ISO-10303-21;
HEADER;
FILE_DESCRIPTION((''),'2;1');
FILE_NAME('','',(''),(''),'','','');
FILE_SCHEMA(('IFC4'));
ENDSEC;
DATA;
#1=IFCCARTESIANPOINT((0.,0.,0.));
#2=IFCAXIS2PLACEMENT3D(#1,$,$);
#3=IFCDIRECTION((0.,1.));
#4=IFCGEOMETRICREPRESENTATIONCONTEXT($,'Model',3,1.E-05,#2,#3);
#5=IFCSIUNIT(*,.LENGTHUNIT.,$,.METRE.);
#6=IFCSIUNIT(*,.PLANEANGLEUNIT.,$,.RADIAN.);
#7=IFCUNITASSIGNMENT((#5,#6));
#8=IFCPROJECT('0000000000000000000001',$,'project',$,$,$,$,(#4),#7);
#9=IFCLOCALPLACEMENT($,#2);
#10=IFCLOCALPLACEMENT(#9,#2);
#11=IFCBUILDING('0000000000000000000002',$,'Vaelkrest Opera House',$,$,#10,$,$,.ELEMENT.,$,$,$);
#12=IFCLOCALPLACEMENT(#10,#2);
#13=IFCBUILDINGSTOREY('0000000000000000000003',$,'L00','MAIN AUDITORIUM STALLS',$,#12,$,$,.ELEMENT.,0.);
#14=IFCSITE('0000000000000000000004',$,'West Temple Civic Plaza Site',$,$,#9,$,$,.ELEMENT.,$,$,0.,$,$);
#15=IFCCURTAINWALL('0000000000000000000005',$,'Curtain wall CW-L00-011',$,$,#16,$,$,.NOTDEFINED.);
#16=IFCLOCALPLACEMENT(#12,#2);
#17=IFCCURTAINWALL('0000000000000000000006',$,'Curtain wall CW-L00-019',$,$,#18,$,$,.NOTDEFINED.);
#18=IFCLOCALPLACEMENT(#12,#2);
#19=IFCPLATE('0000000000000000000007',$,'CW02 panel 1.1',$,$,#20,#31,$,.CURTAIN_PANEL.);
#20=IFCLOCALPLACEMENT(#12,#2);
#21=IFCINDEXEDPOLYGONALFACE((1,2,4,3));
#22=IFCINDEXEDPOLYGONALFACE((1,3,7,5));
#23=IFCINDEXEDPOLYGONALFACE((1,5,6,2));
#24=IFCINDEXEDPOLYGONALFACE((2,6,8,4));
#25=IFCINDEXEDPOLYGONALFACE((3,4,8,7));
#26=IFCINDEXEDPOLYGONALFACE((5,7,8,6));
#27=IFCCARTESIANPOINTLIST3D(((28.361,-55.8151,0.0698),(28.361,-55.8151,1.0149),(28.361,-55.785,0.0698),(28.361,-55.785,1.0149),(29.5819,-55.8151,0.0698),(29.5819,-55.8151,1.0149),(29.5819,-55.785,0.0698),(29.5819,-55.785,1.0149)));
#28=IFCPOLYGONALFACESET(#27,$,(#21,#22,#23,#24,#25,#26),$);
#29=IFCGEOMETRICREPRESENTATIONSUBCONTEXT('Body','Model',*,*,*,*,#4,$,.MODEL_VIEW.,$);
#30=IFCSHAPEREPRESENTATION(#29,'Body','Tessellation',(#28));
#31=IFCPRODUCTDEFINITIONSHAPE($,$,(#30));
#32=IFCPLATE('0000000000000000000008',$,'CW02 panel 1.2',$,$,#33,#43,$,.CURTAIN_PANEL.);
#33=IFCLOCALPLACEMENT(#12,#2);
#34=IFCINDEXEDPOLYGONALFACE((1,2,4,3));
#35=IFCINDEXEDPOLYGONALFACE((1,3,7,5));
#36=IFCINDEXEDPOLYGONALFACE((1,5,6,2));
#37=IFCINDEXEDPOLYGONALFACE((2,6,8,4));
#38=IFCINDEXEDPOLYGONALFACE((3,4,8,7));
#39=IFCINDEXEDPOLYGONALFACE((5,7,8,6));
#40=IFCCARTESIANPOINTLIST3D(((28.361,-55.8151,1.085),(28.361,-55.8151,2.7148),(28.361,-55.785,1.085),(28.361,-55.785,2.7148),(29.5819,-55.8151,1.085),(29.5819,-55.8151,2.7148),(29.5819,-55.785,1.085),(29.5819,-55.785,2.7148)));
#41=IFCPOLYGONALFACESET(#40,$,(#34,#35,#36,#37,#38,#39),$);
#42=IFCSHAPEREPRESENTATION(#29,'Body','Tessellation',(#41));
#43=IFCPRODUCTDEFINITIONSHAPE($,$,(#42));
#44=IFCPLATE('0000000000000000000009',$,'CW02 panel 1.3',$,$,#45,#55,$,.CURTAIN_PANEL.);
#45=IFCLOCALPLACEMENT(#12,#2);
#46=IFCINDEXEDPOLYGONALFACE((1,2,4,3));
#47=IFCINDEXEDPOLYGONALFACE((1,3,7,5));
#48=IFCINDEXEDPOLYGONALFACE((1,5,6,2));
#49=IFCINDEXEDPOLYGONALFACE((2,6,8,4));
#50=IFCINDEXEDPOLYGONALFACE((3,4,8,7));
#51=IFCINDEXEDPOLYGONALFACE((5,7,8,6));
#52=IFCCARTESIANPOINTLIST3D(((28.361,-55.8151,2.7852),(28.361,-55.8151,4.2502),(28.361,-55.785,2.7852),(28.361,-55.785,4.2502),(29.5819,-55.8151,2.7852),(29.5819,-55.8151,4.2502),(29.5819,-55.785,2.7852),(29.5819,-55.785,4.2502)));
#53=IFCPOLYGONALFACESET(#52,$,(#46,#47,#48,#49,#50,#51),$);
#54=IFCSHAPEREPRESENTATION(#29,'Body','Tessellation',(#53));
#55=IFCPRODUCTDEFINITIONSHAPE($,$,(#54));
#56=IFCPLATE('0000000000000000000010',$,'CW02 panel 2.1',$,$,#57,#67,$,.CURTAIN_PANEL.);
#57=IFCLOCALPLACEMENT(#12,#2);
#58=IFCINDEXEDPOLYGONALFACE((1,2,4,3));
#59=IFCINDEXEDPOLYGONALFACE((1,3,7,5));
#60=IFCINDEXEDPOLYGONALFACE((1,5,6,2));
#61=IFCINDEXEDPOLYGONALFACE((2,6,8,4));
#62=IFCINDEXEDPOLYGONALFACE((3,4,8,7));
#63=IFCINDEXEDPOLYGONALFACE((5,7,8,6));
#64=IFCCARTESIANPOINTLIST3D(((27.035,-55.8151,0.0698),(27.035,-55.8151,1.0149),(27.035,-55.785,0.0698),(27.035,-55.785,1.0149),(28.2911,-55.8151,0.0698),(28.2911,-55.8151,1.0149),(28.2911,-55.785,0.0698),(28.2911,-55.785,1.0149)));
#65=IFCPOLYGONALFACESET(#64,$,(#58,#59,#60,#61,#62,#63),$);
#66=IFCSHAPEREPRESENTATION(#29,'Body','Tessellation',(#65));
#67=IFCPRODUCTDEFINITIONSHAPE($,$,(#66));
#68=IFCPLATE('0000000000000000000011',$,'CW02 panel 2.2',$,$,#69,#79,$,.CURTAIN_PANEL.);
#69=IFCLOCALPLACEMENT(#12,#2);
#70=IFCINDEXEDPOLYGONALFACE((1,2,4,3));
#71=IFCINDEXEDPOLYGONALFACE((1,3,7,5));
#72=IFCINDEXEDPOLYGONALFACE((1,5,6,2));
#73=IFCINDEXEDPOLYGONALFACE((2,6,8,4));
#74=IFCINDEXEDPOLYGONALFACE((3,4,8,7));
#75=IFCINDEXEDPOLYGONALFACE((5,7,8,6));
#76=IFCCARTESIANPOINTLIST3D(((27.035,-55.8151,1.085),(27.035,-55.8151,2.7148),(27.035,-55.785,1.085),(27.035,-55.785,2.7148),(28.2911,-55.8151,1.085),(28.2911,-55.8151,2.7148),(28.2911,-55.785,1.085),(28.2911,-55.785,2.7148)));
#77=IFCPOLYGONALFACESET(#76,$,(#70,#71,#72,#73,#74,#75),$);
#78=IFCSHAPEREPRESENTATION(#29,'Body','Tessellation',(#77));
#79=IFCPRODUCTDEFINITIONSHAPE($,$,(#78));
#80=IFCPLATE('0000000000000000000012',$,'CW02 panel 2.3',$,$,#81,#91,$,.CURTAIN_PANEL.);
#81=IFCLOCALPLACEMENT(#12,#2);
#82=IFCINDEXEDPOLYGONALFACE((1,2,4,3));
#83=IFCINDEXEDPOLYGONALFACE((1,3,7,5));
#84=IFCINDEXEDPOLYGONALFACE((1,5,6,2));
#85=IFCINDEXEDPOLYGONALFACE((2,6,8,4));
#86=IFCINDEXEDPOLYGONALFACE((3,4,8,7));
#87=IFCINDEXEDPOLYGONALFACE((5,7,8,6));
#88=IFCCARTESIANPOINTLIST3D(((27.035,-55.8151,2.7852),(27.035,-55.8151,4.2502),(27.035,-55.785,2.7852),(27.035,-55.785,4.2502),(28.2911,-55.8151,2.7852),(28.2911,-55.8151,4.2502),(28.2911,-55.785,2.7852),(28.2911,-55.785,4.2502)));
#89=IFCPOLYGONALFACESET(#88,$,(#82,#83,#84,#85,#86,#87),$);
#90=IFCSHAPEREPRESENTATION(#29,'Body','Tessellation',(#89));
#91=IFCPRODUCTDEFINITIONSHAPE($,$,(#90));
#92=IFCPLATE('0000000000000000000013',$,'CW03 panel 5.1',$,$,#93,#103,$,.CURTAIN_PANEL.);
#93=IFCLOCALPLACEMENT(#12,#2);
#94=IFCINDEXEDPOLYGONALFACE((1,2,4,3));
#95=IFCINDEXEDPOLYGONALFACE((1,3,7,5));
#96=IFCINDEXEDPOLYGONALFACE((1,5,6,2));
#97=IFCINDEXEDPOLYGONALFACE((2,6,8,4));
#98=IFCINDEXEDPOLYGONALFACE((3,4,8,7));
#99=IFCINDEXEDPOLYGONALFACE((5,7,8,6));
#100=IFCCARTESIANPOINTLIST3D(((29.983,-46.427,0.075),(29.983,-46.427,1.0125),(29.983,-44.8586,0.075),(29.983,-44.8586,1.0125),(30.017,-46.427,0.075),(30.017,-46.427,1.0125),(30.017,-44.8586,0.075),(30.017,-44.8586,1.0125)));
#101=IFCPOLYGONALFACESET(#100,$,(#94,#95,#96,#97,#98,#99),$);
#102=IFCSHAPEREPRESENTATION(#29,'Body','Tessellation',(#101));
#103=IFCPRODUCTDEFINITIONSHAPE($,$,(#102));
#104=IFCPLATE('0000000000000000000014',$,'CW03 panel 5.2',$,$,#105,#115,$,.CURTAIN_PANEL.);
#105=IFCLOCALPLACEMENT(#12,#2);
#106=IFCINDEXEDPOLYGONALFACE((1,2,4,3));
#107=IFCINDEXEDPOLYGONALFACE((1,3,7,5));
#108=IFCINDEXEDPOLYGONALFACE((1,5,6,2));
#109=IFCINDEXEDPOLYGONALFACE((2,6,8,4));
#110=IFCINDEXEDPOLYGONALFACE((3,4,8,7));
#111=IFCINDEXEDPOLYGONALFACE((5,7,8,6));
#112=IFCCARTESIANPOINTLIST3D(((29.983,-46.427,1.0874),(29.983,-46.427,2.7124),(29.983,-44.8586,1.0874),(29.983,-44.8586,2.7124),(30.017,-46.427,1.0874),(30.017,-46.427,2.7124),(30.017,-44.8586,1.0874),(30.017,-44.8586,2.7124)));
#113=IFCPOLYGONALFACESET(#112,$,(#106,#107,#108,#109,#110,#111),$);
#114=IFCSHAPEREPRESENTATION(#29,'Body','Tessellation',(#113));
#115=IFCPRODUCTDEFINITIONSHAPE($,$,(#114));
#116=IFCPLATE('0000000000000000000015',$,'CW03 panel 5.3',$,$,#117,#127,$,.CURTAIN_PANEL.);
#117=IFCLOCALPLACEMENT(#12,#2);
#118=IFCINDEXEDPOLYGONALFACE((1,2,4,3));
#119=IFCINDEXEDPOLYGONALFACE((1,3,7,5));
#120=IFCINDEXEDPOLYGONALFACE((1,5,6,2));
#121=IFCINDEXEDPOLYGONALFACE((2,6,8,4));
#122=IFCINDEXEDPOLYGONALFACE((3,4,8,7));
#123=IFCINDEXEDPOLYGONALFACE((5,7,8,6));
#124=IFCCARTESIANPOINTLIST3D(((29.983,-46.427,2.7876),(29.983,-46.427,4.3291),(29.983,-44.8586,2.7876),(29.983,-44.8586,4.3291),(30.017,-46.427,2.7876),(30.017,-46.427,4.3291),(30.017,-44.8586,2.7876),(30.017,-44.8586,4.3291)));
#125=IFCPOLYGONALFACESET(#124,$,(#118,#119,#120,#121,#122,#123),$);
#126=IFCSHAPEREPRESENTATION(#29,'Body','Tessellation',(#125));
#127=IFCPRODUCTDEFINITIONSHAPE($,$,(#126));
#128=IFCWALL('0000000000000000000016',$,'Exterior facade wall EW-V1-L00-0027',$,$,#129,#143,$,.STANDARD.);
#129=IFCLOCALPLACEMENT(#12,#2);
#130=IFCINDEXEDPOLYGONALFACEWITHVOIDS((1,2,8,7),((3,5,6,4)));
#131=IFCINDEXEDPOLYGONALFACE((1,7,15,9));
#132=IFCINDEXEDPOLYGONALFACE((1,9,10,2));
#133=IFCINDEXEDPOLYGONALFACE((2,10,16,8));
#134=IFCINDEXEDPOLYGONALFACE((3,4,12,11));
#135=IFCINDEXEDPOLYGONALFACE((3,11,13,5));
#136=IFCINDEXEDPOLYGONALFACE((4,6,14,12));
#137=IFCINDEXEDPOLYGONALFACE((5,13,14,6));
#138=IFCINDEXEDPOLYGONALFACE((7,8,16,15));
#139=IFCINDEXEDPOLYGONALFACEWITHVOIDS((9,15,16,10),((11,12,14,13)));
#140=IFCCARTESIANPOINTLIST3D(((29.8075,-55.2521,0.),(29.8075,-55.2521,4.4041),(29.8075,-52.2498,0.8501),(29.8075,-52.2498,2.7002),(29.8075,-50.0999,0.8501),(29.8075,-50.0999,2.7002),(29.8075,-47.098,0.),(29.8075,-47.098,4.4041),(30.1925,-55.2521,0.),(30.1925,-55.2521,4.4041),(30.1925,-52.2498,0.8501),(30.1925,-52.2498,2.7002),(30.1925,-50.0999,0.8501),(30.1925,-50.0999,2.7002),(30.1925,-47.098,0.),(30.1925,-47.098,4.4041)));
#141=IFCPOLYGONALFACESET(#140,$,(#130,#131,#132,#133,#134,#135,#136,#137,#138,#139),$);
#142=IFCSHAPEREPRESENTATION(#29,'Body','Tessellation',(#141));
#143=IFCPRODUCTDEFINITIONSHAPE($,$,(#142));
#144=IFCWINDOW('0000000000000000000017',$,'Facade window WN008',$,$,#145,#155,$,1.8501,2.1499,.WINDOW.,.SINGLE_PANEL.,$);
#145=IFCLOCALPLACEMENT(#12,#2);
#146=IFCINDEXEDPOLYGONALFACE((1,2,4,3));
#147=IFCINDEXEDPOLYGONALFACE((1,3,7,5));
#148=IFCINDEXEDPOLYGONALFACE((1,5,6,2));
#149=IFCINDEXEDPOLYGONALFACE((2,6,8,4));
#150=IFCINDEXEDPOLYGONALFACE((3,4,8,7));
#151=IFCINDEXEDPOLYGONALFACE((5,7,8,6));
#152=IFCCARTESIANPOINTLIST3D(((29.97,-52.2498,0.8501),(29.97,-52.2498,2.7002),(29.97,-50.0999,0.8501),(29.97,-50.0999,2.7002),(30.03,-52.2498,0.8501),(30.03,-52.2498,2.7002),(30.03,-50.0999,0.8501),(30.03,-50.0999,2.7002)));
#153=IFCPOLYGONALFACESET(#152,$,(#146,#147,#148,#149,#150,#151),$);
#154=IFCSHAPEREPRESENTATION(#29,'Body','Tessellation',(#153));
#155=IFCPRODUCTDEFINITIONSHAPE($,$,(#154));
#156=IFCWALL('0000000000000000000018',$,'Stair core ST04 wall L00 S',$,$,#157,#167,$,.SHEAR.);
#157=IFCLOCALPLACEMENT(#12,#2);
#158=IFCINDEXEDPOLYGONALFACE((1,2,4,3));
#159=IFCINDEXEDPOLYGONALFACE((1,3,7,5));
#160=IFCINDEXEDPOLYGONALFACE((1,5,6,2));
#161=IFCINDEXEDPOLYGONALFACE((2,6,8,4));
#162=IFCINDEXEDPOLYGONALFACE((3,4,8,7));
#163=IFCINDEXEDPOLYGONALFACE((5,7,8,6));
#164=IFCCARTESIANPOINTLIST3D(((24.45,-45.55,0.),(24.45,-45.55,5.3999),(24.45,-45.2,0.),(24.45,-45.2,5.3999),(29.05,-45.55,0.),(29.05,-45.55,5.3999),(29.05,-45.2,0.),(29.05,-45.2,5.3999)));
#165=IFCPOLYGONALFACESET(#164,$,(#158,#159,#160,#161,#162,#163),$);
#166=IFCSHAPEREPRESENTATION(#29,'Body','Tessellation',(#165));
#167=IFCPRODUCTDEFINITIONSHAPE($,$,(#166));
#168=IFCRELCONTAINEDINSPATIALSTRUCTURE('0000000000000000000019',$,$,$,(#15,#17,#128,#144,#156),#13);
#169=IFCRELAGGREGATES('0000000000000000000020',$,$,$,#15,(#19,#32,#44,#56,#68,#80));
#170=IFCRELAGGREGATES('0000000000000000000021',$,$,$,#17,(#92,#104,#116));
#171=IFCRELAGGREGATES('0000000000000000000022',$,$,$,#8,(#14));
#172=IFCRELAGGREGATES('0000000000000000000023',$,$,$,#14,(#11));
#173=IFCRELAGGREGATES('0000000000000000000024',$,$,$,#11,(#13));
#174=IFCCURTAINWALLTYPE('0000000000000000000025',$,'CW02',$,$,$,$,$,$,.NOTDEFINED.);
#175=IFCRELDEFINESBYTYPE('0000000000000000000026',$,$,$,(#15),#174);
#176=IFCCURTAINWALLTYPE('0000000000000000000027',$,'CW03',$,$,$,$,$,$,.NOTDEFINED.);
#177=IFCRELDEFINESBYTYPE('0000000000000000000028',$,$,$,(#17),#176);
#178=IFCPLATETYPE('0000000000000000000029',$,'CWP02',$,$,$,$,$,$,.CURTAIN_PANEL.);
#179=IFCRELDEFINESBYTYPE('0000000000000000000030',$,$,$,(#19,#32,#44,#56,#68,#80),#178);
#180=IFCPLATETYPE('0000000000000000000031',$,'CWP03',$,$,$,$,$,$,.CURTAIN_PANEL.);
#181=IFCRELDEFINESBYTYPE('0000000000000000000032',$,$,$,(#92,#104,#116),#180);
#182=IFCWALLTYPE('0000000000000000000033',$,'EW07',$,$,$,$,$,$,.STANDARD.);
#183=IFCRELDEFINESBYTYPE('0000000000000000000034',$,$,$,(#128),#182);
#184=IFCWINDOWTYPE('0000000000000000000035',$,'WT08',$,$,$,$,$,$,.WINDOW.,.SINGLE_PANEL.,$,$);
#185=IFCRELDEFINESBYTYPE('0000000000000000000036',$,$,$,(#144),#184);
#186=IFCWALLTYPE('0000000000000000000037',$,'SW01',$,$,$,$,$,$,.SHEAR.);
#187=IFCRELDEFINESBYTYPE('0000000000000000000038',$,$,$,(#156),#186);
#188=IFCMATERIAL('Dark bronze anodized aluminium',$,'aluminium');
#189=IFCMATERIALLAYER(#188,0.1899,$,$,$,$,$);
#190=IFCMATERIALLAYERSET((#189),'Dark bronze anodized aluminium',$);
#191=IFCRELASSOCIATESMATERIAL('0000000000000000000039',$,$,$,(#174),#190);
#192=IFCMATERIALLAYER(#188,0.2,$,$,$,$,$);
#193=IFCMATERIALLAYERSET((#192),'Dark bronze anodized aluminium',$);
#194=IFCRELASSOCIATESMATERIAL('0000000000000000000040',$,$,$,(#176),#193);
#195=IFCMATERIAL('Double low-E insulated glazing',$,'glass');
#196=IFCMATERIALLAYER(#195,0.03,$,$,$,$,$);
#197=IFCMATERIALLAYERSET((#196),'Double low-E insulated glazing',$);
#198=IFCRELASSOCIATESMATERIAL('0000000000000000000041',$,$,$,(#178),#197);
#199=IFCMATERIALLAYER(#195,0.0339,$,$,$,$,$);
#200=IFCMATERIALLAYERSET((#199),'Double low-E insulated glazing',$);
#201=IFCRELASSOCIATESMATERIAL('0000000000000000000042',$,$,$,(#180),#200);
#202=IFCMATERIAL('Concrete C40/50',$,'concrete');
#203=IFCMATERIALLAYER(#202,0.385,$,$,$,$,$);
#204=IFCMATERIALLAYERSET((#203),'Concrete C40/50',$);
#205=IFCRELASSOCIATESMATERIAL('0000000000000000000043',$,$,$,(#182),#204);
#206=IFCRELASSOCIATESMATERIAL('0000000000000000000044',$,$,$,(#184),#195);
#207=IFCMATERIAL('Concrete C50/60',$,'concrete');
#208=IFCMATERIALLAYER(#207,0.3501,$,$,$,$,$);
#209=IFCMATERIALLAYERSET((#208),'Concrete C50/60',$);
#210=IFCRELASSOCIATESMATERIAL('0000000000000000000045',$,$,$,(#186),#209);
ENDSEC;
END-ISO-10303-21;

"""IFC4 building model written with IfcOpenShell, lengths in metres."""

from ifc_helpers import new_model, si_unit, direction, frame, frame_2d, origin, origin_2d, place, context, subcontext, project, spatial, rectangle, extrude, material, layer, layer_set, type_object, element, fill, aggregate, save


model = new_model("IFC4")

# Units and contexts
model_context = context("Model", 3, precision=1e-05, world=origin(), true_north=direction((0.0, 1.0)))
body_context = subcontext(model_context, "Body", "Model", "MODEL_VIEW")
ifc_project = project(units=[si_unit("LENGTHUNIT", "METRE"), si_unit("PLANEANGLEUNIT", "RADIAN")], contexts=[model_context])

# Site, building, storey
site_placement = place(None, origin())
site = spatial("IfcSite", under=ifc_project, at=site_placement, Name="West Temple Civic Plaza Site", CompositionType="ELEMENT", RefElevation=0.0)
building_placement = place(site_placement, origin())
building = spatial("IfcBuilding", under=site, at=building_placement, Name="Vaelkrest Opera House", CompositionType="ELEMENT")
storey_placement = place(building_placement, origin())
storey = spatial("IfcBuildingStorey", under=building, at=storey_placement, Name="L00", Description="MAIN AUDITORIUM STALLS", CompositionType="ELEMENT", Elevation=0.0)

# Shared definitions
ifc_material_1 = material(Name="Concrete C50/60", Category="concrete")

# Curtain wall
ifc_material_2 = material(Name="Dark bronze anodized aluminium", Category="aluminium")
ifc_layer_1 = layer(ifc_material_2, 0.1899)
ifc_layer_set_1 = layer_set([ifc_layer_1], Name="Dark bronze anodized aluminium")
curtain_wall_type_1 = type_object("IfcCurtainWallType", Name="CW02", PredefinedType="NOTDEFINED", material=ifc_layer_set_1)
curtain_wall_1_placement = place(storey_placement, origin())
curtain_wall_1 = element("IfcCurtainWall", 1, at=curtain_wall_1_placement, inside=storey, type_object=curtain_wall_type_1, Name="Curtain wall CW-L00-011", PredefinedType="NOTDEFINED")

# Curtain wall
ifc_layer_2 = layer(ifc_material_2, 0.2)
ifc_layer_set_2 = layer_set([ifc_layer_2], Name="Dark bronze anodized aluminium")
curtain_wall_type_2 = type_object("IfcCurtainWallType", Name="CW03", PredefinedType="NOTDEFINED", material=ifc_layer_set_2)
curtain_wall_2_placement = place(storey_placement, origin())
curtain_wall_2 = element("IfcCurtainWall", 2, at=curtain_wall_2_placement, inside=storey, type_object=curtain_wall_type_2, Name="Curtain wall CW-L00-019", PredefinedType="NOTDEFINED")

# Plates
ifc_material_3 = material(Name="Double low-E insulated glazing", Category="glass")
ifc_layer_3 = layer(ifc_material_3, 0.03)
ifc_layer_set_3 = layer_set([ifc_layer_3], Name="Double low-E insulated glazing")
plate_type_1 = type_object("IfcPlateType", Name="CWP02", PredefinedType="CURTAIN_PANEL", material=ifc_layer_set_3)
plate_1_placement = place(storey_placement, frame((28.9714, -55.8, 0.0698), z_axis=(0.0, 0.0, 1.0), x_axis=(-1.0, 0.0, 0.0)))
plate_1 = element("IfcPlate", 3, at=plate_1_placement, type_object=plate_type_1, Name="CW02 panel 1.1", PredefinedType="CURTAIN_PANEL", context=body_context, shape_type="SweptSolid", body=[
    extrude(rectangle(XDim=1.2209, YDim=0.03, at=origin_2d()), origin(), (0.0, 0.0, 1.0), 0.9451),
])
plate_2_placement = place(storey_placement, frame((28.9714, -55.8, 1.085), z_axis=(0.0, 0.0, 1.0), x_axis=(-1.0, 0.0, 0.0)))
plate_2 = element("IfcPlate", 4, at=plate_2_placement, type_object=plate_type_1, Name="CW02 panel 1.2", PredefinedType="CURTAIN_PANEL", context=body_context, shape_type="SweptSolid", body=[
    extrude(rectangle(XDim=1.2209, YDim=0.03, at=origin_2d()), origin(), (0.0, 0.0, 1.0), 1.6299),
])
plate_3_placement = place(storey_placement, frame((28.9714, -55.8, 2.7852), z_axis=(0.0, 0.0, 1.0), x_axis=(-1.0, 0.0, 0.0)))
plate_3 = element("IfcPlate", 5, at=plate_3_placement, type_object=plate_type_1, Name="CW02 panel 1.3", PredefinedType="CURTAIN_PANEL", context=body_context, shape_type="SweptSolid", body=[
    extrude(rectangle(XDim=1.2209, YDim=0.03, at=origin_2d()), origin(), (0.0, 0.0, 1.0), 1.4651),
])
plate_4_placement = place(storey_placement, frame((27.6631, -55.8, 0.0698), z_axis=(0.0, 0.0, 1.0), x_axis=(-1.0, 0.0, 0.0)))
plate_4 = element("IfcPlate", 6, at=plate_4_placement, type_object=plate_type_1, Name="CW02 panel 2.1", PredefinedType="CURTAIN_PANEL", context=body_context, shape_type="SweptSolid", body=[
    extrude(rectangle(XDim=1.2561, YDim=0.03, at=origin_2d()), origin(), (0.0, 0.0, 1.0), 0.9451),
])
plate_5_placement = place(storey_placement, frame((27.6631, -55.8, 1.085), z_axis=(0.0, 0.0, 1.0), x_axis=(-1.0, 0.0, 0.0)))
plate_5 = element("IfcPlate", 7, at=plate_5_placement, type_object=plate_type_1, Name="CW02 panel 2.2", PredefinedType="CURTAIN_PANEL", context=body_context, shape_type="SweptSolid", body=[
    extrude(rectangle(XDim=1.2561, YDim=0.03, at=origin_2d()), origin(), (0.0, 0.0, 1.0), 1.6299),
])
plate_6_placement = place(storey_placement, frame((27.6631, -55.8, 2.7852), z_axis=(0.0, 0.0, 1.0), x_axis=(-1.0, 0.0, 0.0)))
plate_6 = element("IfcPlate", 8, at=plate_6_placement, type_object=plate_type_1, Name="CW02 panel 2.3", PredefinedType="CURTAIN_PANEL", context=body_context, shape_type="SweptSolid", body=[
    extrude(rectangle(XDim=1.2561, YDim=0.03, at=origin_2d()), origin(), (0.0, 0.0, 1.0), 1.4651),
])
aggregate(curtain_wall_1, [plate_1, plate_2, plate_3, plate_4, plate_5, plate_6])
ifc_layer_4 = layer(ifc_material_3, 0.0339)
ifc_layer_set_4 = layer_set([ifc_layer_4], Name="Double low-E insulated glazing")
plate_type_2 = type_object("IfcPlateType", Name="CWP03", PredefinedType="CURTAIN_PANEL", material=ifc_layer_set_4)
plate_7_placement = place(storey_placement, frame((30.0, -45.6428, 0.075), z_axis=(0.0, 0.0, 1.0), x_axis=(0.0, -1.0, 0.0)))
plate_7 = element("IfcPlate", 9, at=plate_7_placement, type_object=plate_type_2, Name="CW03 panel 5.1", PredefinedType="CURTAIN_PANEL", context=body_context, shape_type="SweptSolid", body=[
    extrude(rectangle(XDim=1.5684, YDim=0.0339, at=origin_2d()), origin(), (0.0, 0.0, 1.0), 0.9375),
])
plate_8_placement = place(storey_placement, frame((30.0, -45.6428, 1.0874), z_axis=(0.0, 0.0, 1.0), x_axis=(0.0, -1.0, 0.0)))
plate_8 = element("IfcPlate", 10, at=plate_8_placement, type_object=plate_type_2, Name="CW03 panel 5.2", PredefinedType="CURTAIN_PANEL", context=body_context, shape_type="SweptSolid", body=[
    extrude(rectangle(XDim=1.5684, YDim=0.0339, at=origin_2d()), origin(), (0.0, 0.0, 1.0), 1.625),
])
plate_9_placement = place(storey_placement, frame((30.0, -45.6428, 2.7876), z_axis=(0.0, 0.0, 1.0), x_axis=(0.0, -1.0, 0.0)))
plate_9 = element("IfcPlate", 11, at=plate_9_placement, type_object=plate_type_2, Name="CW03 panel 5.3", PredefinedType="CURTAIN_PANEL", context=body_context, shape_type="SweptSolid", body=[
    extrude(rectangle(XDim=1.5684, YDim=0.0339, at=origin_2d()), origin(), (0.0, 0.0, 1.0), 1.5415),
])
aggregate(curtain_wall_2, [plate_7, plate_8, plate_9])

# Wall, opening, window
ifc_material_4 = material(Name="Concrete C40/50", Category="concrete")
ifc_layer_5 = layer(ifc_material_4, 0.385)
ifc_layer_set_5 = layer_set([ifc_layer_5], Name="Concrete C40/50")
wall_type_1 = type_object("IfcWallType", Name="EW07", PredefinedType="STANDARD", material=ifc_layer_set_5)
wall_1_placement = place(storey_placement, frame((30.0, -47.0979, 0.0), z_axis=(0.0, 0.0, 1.0), x_axis=(0.0, -1.0, 0.0)))
wall_1 = element("IfcWall", 12, at=wall_1_placement, inside=storey, type_object=wall_type_1, Name="Exterior facade wall EW-V1-L00-0027", PredefinedType="STANDARD", context=body_context, shape_type="SweptSolid", body=[
    extrude(rectangle(XDim=8.1541, YDim=0.385, at=frame_2d((4.0771, 0.0))), origin(), (0.0, 0.0, 1.0), 4.4041),
])
opening_placement = place(wall_1_placement, frame((3.002, 0.0, 0.8501)))
opening = element("IfcOpeningElement", 13, at=opening_placement, cuts=wall_1, PredefinedType="OPENING", context=body_context, shape_type="SweptSolid", body=[
    extrude(rectangle(XDim=2.1499, YDim=1.8501, at=frame_2d((1.075, 0.925))), frame((0.0, 0.2024, 0.0), z_axis=(0.0, -1.0, 0.0), x_axis=(1.0, 0.0, 0.0)), (0.0, 0.0, 1.0), 0.405),
])
window_type = type_object("IfcWindowType", Name="WT08", PartitioningType="SINGLE_PANEL", PredefinedType="WINDOW", material=ifc_material_3)
window_placement = place(opening_placement, origin())
window = element("IfcWindow", 14, at=window_placement, inside=storey, type_object=window_type, Name="Facade window WN008", OverallHeight=1.8501, OverallWidth=2.1499, PartitioningType="SINGLE_PANEL", PredefinedType="WINDOW", context=body_context, shape_type="SweptSolid", body=[
    extrude(rectangle(XDim=2.1499, YDim=1.8501, at=frame_2d((1.075, 0.925))), frame((0.0, 0.03, 0.0), z_axis=(0.0, -1.0, 0.0), x_axis=(1.0, 0.0, 0.0)), (0.0, 0.0, 1.0), 0.0601),
])
fill(opening, window)

# Wall
ifc_layer_6 = layer(ifc_material_1, 0.3501)
ifc_layer_set_6 = layer_set([ifc_layer_6], Name="Concrete C50/60")
wall_type_2 = type_object("IfcWallType", Name="SW01", PredefinedType="SHEAR", material=ifc_layer_set_6)
wall_2_placement = place(storey_placement, frame((29.05, -45.375, 0.0), z_axis=(0.0, 0.0, 1.0), x_axis=(-1.0, 0.0, 0.0)))
element("IfcWall", 15, at=wall_2_placement, inside=storey, type_object=wall_type_2, Name="Stair core ST04 wall L00 S", PredefinedType="SHEAR", context=body_context, shape_type="SweptSolid", body=[
    extrude(rectangle(XDim=4.6001, YDim=0.3501, at=frame_2d((2.3, 0.0))), origin(), (0.0, 0.0, 1.0), 5.3999),
])

save(model, "model.ifc")
